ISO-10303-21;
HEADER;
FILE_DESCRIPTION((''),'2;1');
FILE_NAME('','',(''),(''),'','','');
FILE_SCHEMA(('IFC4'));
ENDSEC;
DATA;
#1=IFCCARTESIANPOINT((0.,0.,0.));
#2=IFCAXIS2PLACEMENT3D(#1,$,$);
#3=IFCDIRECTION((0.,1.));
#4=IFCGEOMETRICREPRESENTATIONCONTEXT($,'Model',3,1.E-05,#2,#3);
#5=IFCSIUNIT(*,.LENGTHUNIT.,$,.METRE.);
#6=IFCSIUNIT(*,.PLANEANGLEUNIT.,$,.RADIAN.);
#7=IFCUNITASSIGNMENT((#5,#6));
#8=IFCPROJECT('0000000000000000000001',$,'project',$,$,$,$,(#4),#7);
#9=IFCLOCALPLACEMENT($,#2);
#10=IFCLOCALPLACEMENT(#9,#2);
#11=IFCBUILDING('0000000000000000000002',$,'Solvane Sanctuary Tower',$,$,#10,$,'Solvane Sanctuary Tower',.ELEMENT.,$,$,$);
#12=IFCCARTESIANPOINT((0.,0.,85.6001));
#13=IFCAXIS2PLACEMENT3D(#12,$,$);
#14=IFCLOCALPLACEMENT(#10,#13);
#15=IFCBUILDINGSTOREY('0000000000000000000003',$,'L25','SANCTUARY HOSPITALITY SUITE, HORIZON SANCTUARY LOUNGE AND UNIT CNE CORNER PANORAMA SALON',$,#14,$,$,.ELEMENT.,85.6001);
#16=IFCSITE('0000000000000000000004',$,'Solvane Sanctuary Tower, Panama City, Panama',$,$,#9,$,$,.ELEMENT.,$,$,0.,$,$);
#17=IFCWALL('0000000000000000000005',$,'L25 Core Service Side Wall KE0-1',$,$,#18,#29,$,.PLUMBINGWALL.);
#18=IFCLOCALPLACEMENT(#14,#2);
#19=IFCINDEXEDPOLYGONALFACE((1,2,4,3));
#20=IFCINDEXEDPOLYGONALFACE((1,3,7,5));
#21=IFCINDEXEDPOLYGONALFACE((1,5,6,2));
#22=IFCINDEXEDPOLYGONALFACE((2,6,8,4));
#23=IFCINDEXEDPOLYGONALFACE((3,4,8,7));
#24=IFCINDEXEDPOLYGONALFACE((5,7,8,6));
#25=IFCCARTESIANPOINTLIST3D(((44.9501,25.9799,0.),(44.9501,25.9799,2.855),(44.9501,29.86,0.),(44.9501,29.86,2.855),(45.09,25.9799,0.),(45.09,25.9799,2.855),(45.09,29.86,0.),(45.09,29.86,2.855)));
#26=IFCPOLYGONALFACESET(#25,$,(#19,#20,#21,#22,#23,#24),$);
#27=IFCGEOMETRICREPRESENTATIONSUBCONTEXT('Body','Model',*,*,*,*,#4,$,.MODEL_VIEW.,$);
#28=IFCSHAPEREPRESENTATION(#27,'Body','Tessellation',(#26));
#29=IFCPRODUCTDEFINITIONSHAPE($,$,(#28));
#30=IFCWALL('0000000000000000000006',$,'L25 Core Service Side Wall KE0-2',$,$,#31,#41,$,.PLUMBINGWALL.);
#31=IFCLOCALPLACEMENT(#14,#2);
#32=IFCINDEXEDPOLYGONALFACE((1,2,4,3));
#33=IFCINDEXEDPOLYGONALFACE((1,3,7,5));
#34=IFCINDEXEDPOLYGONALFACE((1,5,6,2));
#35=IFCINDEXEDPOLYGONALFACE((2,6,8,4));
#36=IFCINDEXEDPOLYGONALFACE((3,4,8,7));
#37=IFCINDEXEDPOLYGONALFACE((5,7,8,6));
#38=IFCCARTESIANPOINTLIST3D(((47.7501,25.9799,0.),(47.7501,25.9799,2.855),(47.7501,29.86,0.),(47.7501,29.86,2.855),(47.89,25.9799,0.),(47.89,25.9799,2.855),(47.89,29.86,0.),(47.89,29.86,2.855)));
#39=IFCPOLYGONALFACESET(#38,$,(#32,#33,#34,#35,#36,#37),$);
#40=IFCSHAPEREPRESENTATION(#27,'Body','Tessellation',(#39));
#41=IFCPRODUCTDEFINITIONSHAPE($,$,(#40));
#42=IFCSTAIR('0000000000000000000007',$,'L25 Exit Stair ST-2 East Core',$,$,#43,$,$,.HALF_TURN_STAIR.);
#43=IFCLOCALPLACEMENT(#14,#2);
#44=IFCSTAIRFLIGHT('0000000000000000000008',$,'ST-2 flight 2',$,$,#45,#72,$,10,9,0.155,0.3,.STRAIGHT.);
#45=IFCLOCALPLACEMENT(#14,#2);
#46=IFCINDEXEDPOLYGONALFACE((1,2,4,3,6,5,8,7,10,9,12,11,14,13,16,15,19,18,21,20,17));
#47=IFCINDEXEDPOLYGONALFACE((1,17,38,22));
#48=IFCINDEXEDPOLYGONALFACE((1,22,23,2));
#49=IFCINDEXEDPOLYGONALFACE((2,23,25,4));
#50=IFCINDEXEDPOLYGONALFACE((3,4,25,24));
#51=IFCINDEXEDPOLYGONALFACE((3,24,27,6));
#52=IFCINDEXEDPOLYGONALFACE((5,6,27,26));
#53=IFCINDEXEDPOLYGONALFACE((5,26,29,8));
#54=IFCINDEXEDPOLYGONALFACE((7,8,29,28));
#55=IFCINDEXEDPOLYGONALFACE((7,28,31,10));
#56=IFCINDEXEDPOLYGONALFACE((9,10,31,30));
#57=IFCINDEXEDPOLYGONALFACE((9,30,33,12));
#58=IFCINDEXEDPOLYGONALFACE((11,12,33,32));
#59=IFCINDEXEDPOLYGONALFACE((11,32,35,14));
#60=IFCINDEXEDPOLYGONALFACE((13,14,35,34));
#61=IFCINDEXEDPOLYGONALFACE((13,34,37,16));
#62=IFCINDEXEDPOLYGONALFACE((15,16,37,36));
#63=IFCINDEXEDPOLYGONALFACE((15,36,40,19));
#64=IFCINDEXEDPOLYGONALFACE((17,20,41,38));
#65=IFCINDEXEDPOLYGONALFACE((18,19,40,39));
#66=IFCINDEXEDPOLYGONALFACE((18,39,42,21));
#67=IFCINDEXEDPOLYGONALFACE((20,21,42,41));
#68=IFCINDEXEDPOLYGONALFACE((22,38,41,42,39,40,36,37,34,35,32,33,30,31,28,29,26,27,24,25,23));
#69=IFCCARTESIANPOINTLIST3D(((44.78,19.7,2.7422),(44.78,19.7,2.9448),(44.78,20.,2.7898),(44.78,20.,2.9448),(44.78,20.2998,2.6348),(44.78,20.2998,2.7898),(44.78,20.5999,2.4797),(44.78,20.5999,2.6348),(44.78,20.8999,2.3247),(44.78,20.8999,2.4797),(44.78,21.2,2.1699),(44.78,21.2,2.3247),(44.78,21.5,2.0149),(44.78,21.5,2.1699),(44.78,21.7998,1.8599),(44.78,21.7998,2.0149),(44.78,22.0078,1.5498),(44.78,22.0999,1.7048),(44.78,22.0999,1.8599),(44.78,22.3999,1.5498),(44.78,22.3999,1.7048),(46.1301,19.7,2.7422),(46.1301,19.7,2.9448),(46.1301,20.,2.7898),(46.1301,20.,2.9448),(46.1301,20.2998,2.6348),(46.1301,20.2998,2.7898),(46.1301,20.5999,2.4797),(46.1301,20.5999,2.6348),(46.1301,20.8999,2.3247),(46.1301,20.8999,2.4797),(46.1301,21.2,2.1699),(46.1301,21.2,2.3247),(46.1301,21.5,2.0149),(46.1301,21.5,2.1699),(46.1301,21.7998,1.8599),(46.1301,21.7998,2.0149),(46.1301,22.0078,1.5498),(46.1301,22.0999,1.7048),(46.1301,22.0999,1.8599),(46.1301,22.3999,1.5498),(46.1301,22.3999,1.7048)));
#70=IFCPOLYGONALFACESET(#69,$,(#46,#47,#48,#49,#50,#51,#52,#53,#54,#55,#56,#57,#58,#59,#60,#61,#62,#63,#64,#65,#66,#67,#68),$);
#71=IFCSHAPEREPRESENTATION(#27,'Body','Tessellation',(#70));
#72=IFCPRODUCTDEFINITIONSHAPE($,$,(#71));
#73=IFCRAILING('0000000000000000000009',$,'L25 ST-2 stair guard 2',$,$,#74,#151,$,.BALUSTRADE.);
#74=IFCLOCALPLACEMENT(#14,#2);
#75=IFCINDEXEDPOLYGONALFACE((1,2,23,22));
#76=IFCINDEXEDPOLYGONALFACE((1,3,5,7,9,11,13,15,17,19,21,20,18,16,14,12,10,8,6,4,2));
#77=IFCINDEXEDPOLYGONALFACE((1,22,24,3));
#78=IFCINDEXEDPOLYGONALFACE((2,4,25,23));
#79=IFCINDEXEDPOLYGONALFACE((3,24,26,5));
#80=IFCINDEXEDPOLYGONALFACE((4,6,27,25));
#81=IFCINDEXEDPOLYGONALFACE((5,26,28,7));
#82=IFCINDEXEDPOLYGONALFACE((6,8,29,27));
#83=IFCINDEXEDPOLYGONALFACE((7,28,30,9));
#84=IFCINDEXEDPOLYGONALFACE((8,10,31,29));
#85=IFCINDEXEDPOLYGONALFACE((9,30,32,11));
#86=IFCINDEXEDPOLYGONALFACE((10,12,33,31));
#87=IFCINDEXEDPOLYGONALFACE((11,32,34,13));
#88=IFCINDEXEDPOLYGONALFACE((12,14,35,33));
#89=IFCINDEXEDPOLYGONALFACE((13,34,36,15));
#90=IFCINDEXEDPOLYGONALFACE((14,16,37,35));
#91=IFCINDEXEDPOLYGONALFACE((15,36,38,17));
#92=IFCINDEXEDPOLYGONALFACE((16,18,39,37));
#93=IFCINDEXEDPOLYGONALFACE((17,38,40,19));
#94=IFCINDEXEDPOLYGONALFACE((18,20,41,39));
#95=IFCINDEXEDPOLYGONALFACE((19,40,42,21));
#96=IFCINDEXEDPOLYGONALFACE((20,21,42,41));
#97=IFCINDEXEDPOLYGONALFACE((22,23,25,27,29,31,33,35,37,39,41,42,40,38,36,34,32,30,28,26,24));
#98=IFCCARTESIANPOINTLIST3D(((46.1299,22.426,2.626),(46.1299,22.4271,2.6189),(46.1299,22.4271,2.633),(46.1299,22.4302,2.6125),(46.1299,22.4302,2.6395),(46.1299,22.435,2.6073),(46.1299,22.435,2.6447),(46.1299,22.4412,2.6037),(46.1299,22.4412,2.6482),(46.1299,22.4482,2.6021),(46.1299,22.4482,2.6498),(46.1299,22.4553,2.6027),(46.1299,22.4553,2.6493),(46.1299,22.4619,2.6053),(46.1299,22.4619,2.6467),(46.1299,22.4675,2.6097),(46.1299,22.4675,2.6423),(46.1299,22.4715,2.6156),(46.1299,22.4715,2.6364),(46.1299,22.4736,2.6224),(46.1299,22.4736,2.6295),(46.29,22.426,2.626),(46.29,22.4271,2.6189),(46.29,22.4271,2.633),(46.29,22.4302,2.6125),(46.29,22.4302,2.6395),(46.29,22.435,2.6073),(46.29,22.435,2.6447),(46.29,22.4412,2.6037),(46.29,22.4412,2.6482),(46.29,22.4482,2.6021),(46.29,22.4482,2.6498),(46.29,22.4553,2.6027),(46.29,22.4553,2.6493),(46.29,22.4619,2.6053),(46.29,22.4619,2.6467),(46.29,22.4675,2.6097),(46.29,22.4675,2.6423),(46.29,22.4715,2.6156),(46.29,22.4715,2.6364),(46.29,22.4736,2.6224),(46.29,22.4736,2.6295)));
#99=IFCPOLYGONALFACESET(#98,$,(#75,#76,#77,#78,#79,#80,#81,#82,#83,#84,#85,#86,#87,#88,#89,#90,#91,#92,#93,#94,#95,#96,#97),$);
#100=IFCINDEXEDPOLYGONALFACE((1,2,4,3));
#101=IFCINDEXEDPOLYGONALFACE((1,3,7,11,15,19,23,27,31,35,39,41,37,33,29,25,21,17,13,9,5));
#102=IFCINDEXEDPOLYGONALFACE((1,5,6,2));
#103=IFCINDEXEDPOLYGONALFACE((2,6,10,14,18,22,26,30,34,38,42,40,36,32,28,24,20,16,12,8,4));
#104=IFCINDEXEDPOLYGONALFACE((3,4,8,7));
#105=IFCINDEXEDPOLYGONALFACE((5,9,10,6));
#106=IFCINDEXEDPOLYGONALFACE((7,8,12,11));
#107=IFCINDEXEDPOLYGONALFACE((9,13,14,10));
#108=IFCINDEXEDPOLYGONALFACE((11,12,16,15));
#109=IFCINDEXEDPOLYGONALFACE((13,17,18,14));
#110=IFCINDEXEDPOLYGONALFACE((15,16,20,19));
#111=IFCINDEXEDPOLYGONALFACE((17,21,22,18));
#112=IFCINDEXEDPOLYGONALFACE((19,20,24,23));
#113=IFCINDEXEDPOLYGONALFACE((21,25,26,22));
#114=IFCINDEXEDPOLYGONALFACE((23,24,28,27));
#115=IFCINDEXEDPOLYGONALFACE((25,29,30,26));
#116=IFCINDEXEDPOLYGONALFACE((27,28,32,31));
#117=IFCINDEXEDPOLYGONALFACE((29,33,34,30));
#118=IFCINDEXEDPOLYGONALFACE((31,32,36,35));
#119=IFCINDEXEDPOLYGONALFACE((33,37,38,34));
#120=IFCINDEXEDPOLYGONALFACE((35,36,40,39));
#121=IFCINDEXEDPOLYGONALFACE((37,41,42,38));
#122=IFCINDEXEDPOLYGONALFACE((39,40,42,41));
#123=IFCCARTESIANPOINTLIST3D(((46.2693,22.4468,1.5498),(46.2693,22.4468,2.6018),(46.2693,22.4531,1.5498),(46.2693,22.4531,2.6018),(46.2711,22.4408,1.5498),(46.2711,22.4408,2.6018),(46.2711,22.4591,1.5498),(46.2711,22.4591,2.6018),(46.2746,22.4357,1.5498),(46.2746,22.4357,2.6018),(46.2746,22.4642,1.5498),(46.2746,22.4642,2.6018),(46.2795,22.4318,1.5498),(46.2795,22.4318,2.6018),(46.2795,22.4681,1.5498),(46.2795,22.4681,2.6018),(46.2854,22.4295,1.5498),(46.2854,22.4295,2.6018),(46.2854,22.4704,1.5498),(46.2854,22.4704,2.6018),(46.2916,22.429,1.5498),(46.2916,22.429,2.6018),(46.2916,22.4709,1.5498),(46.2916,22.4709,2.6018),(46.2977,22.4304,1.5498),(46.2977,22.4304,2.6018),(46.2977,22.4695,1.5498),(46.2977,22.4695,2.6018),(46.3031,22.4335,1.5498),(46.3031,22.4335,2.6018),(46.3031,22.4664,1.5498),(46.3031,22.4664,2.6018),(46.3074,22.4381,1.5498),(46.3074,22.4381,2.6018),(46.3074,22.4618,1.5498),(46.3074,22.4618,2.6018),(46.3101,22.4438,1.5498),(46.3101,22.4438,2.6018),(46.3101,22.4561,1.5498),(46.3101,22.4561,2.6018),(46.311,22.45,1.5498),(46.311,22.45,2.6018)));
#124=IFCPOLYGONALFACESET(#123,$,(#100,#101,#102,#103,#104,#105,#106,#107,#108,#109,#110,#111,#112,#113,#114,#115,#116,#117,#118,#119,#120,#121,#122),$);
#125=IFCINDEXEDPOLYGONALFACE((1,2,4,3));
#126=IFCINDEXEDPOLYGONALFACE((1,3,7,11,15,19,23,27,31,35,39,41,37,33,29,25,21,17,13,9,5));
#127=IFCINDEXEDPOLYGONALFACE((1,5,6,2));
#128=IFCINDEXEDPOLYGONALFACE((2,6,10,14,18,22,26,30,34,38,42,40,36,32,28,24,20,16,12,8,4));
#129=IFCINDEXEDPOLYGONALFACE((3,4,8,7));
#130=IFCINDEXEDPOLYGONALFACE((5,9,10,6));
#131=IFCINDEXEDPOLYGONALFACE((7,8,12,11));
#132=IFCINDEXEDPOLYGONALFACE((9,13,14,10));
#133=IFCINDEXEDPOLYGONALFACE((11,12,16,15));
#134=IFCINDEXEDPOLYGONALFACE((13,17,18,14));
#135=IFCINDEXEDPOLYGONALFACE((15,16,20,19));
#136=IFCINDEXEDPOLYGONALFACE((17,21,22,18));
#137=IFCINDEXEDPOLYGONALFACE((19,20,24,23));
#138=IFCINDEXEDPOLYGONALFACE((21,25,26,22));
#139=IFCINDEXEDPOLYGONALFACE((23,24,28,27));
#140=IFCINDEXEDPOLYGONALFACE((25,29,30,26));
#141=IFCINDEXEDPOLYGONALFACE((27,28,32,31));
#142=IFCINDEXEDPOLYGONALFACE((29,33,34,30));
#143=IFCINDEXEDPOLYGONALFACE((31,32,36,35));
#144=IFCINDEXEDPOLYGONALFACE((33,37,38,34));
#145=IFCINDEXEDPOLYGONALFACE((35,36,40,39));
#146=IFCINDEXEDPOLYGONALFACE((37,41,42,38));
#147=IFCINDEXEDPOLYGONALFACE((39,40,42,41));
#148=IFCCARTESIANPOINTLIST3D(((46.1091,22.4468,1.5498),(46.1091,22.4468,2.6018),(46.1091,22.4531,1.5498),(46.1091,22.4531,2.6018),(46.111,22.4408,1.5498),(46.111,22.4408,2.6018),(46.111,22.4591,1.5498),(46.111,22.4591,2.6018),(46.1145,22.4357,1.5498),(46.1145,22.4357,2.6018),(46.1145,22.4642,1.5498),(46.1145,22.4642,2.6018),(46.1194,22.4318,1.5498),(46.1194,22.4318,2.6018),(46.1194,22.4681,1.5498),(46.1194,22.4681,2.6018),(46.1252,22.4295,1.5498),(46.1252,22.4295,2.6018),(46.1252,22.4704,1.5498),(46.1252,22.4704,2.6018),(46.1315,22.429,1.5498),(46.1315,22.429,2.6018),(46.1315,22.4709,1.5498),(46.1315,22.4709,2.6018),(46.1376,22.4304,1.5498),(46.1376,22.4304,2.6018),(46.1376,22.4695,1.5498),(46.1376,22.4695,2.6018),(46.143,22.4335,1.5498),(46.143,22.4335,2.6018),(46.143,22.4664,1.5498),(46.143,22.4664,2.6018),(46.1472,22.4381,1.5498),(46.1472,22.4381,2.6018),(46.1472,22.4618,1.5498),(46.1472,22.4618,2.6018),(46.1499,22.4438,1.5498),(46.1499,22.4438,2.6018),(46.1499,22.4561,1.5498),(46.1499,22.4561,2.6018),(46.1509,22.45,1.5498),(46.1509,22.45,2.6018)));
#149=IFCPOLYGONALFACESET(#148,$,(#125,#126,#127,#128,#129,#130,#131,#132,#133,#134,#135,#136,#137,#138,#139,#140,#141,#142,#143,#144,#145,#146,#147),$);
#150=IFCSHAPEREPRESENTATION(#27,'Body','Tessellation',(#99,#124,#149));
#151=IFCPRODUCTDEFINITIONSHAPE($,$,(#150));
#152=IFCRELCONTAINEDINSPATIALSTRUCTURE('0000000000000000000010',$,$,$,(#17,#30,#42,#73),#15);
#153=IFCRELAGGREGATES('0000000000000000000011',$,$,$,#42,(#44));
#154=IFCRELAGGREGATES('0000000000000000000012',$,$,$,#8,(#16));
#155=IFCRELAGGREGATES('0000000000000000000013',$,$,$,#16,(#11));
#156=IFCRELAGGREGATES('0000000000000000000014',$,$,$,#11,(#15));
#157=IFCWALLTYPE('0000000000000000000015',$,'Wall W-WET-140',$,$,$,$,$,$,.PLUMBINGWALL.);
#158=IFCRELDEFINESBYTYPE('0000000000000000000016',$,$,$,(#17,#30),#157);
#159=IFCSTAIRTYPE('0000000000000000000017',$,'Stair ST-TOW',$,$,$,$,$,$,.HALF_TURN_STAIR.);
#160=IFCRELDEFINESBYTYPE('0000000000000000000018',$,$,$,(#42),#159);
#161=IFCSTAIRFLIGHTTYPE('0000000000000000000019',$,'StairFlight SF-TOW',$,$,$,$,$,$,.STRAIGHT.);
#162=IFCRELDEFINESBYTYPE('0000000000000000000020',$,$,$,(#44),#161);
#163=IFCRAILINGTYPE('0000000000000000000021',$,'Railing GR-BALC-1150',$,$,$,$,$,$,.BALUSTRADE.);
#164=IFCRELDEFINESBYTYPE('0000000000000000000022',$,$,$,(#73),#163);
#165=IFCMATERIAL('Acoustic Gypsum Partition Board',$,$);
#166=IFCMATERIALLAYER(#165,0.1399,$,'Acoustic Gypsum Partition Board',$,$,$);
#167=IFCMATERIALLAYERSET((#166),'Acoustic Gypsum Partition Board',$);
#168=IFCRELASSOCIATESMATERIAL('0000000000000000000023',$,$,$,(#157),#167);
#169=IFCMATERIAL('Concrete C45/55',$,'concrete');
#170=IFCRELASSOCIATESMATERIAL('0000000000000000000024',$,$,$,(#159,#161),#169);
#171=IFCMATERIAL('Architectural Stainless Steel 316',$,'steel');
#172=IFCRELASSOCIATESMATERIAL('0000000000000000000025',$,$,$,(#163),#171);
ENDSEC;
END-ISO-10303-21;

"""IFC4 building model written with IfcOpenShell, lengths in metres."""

from ifc_helpers import new_model, si_unit, direction, frame, frame_2d, origin, origin_2d, place, context, subcontext, project, spatial, polyline, rectangle, circle, outline, extrude, material, layer, layer_set, type_object, element, aggregate, save


model = new_model("IFC4")

# Units and contexts
model_context = context("Model", 3, precision=1e-05, world=origin(), true_north=direction((0.0, 1.0)))
body_context = subcontext(model_context, "Body", "Model", "MODEL_VIEW")
ifc_project = project(units=[si_unit("LENGTHUNIT", "METRE"), si_unit("PLANEANGLEUNIT", "RADIAN")], contexts=[model_context])

# Site, building, storey
site_placement = place(None, origin())
site = spatial("IfcSite", under=ifc_project, at=site_placement, Name="Solvane Sanctuary Tower, Panama City, Panama", CompositionType="ELEMENT", RefElevation=0.0)
building_placement = place(site_placement, origin())
building = spatial("IfcBuilding", under=site, at=building_placement, Name="Solvane Sanctuary Tower", LongName="Solvane Sanctuary Tower", CompositionType="ELEMENT")
storey_placement = place(building_placement, frame((0.0, 0.0, 85.6001)))
storey = spatial("IfcBuildingStorey", under=building, at=storey_placement, Name="L25", Description="SANCTUARY HOSPITALITY SUITE, HORIZON SANCTUARY LOUNGE AND UNIT CNE CORNER PANORAMA SALON", CompositionType="ELEMENT", Elevation=85.6001)

# Shared definitions
ifc_material_1 = material(Name="Acoustic Gypsum Partition Board")

# Shared definitions
ifc_material_2 = material(Name="Architectural Stainless Steel 316", Category="steel")

# Shared definitions
ifc_layer_1 = layer(ifc_material_1, 0.1399, Name="Acoustic Gypsum Partition Board")
ifc_layer_set_1 = layer_set([ifc_layer_1], Name="Acoustic Gypsum Partition Board")
wall_type_1 = type_object("IfcWallType", Name="Wall W-WET-140", PredefinedType="PLUMBINGWALL", material=ifc_layer_set_1)

# Walls
for number, where, z_axis, x_axis, name in (
    (1, (45.02, 25.98, 0.0), (0.0, 0.0, 1.0), (0.0, 1.0, 0.0), "L25 Core Service Side Wall KE0-1"),
    (2, (47.8201, 25.98, 0.0), (0.0, 0.0, 1.0), (0.0, 1.0, 0.0), "L25 Core Service Side Wall KE0-2"),
):
    element("IfcWall", number, at=place(storey_placement, frame(where, z_axis=z_axis, x_axis=x_axis)), inside=storey, type_object=wall_type_1, Name=name, PredefinedType="PLUMBINGWALL", context=body_context, shape_type="SweptSolid", body=[
        extrude(rectangle(XDim=3.8801, YDim=0.1399, at=frame_2d((1.9399, 0.0))), origin(), (0.0, 0.0, 1.0), 2.855),
    ])

# Stair, stair flight
ifc_material_3 = material(Name="Concrete C45/55", Category="concrete")
stair_type = type_object("IfcStairType", Name="Stair ST-TOW", PredefinedType="HALF_TURN_STAIR", material=ifc_material_3)
stair_placement = place(storey_placement, origin())
stair = element("IfcStair", 3, at=stair_placement, inside=storey, type_object=stair_type, Name="L25 Exit Stair ST-2 East Core", PredefinedType="HALF_TURN_STAIR")
stair_flight_type = type_object("IfcStairFlightType", Name="StairFlight SF-TOW", PredefinedType="STRAIGHT", material=ifc_material_3)
stair_flight_placement = place(storey_placement, frame((45.4551, 22.3999, 1.5498), z_axis=(0.0, 0.0, 1.0), x_axis=(0.0, -1.0, 0.0)))
stair_flight = element("IfcStairFlight", 4, at=stair_flight_placement, type_object=stair_flight_type, Name="ST-2 flight 2", NumberOfRisers=10, NumberOfTreads=9, PredefinedType="STRAIGHT", RiserHeight=0.155, TreadLength=0.3, context=body_context, shape_type="SweptSolid", body=[
    extrude(outline(polyline([(0.0, 0.0), (0.0, 0.155), (0.3, 0.155), (0.3, 0.3101), (0.6001, 0.3101), (0.6001, 0.4651), (0.8999, 0.4651), (0.8999, 0.6201), (1.2, 0.6201), (1.2, 0.7749), (1.5, 0.7749), (1.5, 0.9299), (1.8, 0.9299), (1.8, 1.085), (2.1001, 1.085), (2.1001, 1.24), (2.3999, 1.24), (2.3999, 1.395), (2.7, 1.395), (2.7, 1.55), (2.7, 1.1924), (0.3921, 0.0), (0.0, 0.0)])), frame((0.0, 0.675, 0.0), z_axis=(0.0, -1.0, 0.0), x_axis=(1.0, 0.0, 0.0)), (0.0, 0.0, 1.0), 1.3501),
])
aggregate(stair, [stair_flight])

# Railing
railing_type_1 = type_object("IfcRailingType", Name="Railing GR-BALC-1150", PredefinedType="BALUSTRADE", material=ifc_material_2)
railing_1_placement = place(storey_placement, frame((46.29, 22.45, 1.5498)))
element("IfcRailing", 5, at=railing_1_placement, inside=storey, type_object=railing_type_1, Name="L25 ST-2 stair guard 2", PredefinedType="BALUSTRADE", context=body_context, shape_type="SweptSolid", body=[
    extrude(circle(Radius=0.0239, at=origin_2d()), frame((0.0, 0.0, 1.0762), z_axis=(-1.0, 0.0, 0.0), x_axis=(0.0, -1.0, 0.0)), (0.0, 0.0, 1.0), 0.1602),
    extrude(circle(Radius=0.021, at=origin_2d()), origin(), (0.0, 0.0, 1.0), 1.052),
    extrude(circle(Radius=0.021, at=origin_2d()), frame((-0.1602, 0.0, 0.0)), (0.0, 0.0, 1.0), 1.052),
])

save(model, "model.ifc")
